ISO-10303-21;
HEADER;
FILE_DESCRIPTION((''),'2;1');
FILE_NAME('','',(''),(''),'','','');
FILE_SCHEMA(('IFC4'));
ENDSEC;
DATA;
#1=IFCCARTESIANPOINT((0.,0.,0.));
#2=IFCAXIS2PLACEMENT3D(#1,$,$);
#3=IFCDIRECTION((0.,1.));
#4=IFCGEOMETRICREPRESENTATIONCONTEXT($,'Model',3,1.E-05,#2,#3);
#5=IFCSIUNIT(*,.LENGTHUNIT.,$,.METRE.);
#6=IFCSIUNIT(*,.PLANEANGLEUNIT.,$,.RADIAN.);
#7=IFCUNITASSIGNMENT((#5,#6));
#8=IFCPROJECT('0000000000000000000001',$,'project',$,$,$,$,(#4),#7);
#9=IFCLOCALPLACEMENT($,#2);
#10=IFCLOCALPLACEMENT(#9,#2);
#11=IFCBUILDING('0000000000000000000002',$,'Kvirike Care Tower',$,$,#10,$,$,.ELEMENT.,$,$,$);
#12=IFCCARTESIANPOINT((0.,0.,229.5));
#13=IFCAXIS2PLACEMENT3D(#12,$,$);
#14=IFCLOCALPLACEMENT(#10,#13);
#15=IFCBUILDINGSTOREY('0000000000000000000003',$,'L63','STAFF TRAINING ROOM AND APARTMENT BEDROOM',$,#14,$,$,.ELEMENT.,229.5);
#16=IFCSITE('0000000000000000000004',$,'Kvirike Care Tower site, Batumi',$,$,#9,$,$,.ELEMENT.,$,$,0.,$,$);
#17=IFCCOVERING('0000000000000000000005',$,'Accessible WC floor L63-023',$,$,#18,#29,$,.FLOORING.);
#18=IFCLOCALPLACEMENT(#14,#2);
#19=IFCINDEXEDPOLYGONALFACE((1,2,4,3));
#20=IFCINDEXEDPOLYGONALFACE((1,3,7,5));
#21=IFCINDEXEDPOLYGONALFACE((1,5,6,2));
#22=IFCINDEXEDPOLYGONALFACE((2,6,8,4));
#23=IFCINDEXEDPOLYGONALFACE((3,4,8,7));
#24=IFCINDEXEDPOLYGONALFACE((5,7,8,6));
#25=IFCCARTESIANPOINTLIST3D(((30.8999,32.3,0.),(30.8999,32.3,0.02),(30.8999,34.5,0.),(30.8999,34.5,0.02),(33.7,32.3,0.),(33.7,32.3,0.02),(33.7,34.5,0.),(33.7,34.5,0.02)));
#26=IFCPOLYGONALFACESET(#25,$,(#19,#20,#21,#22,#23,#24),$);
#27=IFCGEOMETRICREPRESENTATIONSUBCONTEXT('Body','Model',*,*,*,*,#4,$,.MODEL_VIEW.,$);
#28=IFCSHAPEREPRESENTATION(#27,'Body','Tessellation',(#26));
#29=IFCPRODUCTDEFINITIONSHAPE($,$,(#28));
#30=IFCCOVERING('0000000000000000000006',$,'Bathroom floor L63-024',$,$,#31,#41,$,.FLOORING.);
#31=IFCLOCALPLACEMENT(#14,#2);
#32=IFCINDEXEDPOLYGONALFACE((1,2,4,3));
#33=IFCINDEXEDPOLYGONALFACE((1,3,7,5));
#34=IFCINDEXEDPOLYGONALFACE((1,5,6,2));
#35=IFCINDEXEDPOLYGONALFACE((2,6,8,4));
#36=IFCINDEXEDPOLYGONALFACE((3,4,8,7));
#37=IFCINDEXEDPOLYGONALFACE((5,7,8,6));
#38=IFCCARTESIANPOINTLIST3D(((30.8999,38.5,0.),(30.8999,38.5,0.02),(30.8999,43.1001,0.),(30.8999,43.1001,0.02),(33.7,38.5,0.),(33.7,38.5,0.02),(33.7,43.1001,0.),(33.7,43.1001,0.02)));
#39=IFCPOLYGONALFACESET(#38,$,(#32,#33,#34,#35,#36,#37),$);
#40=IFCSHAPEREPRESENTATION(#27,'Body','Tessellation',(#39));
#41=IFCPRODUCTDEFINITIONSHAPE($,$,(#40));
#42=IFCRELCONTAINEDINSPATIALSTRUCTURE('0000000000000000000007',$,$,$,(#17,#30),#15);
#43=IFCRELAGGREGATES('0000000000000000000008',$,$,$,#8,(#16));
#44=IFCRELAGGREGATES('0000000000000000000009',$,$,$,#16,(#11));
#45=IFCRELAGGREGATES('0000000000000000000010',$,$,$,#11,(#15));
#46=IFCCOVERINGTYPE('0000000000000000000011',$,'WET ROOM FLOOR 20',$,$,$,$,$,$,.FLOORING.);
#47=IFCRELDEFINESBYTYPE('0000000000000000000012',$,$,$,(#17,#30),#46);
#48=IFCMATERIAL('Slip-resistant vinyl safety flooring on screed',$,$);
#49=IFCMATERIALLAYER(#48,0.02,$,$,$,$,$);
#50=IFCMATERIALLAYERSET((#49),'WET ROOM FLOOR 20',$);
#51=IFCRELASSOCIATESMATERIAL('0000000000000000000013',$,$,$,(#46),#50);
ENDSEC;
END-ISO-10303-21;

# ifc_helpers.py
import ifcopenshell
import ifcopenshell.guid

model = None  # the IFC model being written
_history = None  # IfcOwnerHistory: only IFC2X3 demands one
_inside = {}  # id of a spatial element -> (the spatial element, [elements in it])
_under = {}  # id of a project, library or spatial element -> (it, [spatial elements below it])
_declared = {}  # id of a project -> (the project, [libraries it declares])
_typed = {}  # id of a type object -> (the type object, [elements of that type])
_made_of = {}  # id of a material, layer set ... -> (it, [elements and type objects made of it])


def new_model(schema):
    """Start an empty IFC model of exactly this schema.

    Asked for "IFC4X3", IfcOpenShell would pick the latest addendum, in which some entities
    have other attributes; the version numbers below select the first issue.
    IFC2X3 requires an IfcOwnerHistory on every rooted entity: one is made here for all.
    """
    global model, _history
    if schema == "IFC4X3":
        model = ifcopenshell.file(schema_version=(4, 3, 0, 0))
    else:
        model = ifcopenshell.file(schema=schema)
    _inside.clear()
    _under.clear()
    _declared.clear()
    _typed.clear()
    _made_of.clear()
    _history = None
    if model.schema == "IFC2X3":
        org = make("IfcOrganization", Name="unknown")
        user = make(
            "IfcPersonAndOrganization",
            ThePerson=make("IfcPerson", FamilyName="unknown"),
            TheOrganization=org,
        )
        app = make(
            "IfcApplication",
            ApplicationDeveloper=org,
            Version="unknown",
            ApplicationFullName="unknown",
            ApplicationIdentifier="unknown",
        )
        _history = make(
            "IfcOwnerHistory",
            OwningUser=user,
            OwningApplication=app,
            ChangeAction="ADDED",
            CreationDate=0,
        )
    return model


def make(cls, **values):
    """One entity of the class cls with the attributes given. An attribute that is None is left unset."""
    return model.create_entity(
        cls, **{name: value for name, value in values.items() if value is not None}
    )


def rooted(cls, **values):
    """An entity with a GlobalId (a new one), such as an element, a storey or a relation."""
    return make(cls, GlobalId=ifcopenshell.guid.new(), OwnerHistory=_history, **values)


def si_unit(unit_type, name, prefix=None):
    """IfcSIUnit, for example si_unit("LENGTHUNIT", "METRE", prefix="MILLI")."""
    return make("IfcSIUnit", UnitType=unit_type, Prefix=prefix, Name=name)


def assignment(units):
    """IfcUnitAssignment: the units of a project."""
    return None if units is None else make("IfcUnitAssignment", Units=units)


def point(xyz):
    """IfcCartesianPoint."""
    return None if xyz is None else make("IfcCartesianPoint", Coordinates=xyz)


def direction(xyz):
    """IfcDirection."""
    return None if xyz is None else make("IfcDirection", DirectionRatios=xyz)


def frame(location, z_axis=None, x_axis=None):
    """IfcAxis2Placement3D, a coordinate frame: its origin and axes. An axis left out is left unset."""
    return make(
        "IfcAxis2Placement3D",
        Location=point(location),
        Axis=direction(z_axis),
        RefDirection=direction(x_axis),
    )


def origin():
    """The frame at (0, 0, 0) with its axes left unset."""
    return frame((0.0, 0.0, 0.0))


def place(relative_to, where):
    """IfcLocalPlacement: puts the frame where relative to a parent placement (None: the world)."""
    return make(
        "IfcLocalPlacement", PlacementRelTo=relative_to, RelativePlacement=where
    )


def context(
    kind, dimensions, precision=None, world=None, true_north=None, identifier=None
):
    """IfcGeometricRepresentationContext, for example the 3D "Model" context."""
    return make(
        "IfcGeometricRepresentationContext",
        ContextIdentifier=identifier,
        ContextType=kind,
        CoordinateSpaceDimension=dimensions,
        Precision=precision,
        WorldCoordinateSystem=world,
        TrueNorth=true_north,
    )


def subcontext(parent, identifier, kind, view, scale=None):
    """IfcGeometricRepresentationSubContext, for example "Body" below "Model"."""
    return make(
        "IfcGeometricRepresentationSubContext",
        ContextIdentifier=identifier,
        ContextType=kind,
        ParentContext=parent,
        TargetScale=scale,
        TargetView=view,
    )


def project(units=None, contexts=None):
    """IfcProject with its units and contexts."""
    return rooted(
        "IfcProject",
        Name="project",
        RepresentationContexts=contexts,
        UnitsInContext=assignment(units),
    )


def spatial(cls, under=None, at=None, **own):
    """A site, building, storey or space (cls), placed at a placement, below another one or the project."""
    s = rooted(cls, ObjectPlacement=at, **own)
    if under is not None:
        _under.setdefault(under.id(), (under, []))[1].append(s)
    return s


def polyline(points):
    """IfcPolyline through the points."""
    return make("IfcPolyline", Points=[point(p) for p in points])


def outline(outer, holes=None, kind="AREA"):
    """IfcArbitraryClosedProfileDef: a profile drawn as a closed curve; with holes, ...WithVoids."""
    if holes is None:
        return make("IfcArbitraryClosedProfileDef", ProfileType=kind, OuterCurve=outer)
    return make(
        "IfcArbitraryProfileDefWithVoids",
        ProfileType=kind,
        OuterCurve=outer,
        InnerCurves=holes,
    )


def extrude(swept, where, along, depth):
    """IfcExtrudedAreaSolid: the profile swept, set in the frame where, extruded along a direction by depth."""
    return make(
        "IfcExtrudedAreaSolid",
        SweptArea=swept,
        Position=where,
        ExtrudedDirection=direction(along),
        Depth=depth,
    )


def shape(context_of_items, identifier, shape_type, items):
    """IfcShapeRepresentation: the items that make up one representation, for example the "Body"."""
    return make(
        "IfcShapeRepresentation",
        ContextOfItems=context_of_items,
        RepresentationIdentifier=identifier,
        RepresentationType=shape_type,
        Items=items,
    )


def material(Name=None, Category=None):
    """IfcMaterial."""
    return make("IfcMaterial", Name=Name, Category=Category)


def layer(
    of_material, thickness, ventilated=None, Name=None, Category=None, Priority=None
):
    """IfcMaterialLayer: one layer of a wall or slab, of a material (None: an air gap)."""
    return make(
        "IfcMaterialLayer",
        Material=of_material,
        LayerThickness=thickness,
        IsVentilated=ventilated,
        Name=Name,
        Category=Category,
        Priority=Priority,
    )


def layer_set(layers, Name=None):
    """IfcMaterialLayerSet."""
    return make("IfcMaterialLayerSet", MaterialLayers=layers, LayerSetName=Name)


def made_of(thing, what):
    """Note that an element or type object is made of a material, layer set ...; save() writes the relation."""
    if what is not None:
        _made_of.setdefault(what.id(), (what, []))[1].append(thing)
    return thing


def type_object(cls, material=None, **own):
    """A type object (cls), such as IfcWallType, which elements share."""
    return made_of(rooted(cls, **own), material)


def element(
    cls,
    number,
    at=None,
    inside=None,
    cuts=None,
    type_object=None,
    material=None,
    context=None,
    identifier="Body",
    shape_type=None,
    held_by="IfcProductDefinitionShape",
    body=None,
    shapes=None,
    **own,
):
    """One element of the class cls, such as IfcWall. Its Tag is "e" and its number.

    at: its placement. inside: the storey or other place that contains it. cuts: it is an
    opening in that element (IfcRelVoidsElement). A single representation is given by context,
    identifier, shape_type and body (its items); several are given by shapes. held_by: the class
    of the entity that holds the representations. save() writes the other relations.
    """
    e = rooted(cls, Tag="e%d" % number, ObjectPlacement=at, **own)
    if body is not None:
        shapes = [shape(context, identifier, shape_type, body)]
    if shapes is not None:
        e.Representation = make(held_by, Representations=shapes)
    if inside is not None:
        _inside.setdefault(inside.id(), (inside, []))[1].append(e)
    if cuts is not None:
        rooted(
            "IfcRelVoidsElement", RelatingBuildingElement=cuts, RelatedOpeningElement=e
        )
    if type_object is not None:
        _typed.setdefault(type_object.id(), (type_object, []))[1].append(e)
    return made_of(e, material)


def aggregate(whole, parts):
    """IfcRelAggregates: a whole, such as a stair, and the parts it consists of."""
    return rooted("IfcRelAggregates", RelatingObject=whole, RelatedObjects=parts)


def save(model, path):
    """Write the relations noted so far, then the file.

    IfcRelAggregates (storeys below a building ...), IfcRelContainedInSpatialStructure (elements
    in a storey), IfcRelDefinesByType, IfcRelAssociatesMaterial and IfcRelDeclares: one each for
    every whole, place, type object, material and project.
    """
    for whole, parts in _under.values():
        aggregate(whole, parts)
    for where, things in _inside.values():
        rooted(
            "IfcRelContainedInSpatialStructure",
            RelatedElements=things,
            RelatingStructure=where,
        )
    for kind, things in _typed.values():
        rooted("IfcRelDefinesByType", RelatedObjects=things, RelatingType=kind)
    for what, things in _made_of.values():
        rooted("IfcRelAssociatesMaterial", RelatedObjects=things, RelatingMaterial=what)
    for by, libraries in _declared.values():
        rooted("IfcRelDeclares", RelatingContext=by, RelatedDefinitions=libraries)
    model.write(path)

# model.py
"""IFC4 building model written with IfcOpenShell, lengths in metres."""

from ifc_helpers import new_model, si_unit, direction, frame, origin, place, context, subcontext, project, spatial, polyline, outline, extrude, material, layer, layer_set, type_object, element, save


model = new_model("IFC4")

# Units and contexts
model_context = context("Model", 3, precision=1e-05, world=origin(), true_north=direction((0.0, 1.0)))
body_context = subcontext(model_context, "Body", "Model", "MODEL_VIEW")
ifc_project = project(units=[si_unit("LENGTHUNIT", "METRE"), si_unit("PLANEANGLEUNIT", "RADIAN")], contexts=[model_context])

# Site, building, storey
site_placement = place(None, origin())
site = spatial("IfcSite", under=ifc_project, at=site_placement, Name="Kvirike Care Tower site, Batumi", CompositionType="ELEMENT", RefElevation=0.0)
building_placement = place(site_placement, origin())
building = spatial("IfcBuilding", under=site, at=building_placement, Name="Kvirike Care Tower", CompositionType="ELEMENT")
storey_placement = place(building_placement, frame((0.0, 0.0, 229.5)))
storey = spatial("IfcBuildingStorey", under=building, at=storey_placement, Name="L63", Description="STAFF TRAINING ROOM AND APARTMENT BEDROOM", CompositionType="ELEMENT", Elevation=229.5)

# Coverings
ifc_material_1 = material(Name="Slip-resistant vinyl safety flooring on screed")
ifc_layer_1 = layer(ifc_material_1, 0.02)
ifc_layer_set_1 = layer_set([ifc_layer_1], Name="WET ROOM FLOOR 20")
covering_type_1 = type_object("IfcCoveringType", Name="WET ROOM FLOOR 20", PredefinedType="FLOORING", material=ifc_layer_set_1)
covering_1_placement = place(storey_placement, origin())
element("IfcCovering", 1, at=covering_1_placement, inside=storey, type_object=covering_type_1, Name="Accessible WC floor L63-023", PredefinedType="FLOORING", context=body_context, shape_type="SweptSolid", body=[
    extrude(outline(polyline([(33.7, 32.3), (30.8999, 32.3), (30.8999, 34.5), (33.7, 34.5), (33.7, 32.3)])), origin(), (0.0, 0.0, 1.0), 0.02),
])
covering_2_placement = place(storey_placement, origin())
element("IfcCovering", 2, at=covering_2_placement, inside=storey, type_object=covering_type_1, Name="Bathroom floor L63-024", PredefinedType="FLOORING", context=body_context, shape_type="SweptSolid", body=[
    extrude(outline(polyline([(33.7, 38.5), (30.8999, 38.5), (30.8999, 43.1001), (33.7, 43.1001), (33.7, 38.5)])), origin(), (0.0, 0.0, 1.0), 0.02),
])

save(model, "model.ifc")
